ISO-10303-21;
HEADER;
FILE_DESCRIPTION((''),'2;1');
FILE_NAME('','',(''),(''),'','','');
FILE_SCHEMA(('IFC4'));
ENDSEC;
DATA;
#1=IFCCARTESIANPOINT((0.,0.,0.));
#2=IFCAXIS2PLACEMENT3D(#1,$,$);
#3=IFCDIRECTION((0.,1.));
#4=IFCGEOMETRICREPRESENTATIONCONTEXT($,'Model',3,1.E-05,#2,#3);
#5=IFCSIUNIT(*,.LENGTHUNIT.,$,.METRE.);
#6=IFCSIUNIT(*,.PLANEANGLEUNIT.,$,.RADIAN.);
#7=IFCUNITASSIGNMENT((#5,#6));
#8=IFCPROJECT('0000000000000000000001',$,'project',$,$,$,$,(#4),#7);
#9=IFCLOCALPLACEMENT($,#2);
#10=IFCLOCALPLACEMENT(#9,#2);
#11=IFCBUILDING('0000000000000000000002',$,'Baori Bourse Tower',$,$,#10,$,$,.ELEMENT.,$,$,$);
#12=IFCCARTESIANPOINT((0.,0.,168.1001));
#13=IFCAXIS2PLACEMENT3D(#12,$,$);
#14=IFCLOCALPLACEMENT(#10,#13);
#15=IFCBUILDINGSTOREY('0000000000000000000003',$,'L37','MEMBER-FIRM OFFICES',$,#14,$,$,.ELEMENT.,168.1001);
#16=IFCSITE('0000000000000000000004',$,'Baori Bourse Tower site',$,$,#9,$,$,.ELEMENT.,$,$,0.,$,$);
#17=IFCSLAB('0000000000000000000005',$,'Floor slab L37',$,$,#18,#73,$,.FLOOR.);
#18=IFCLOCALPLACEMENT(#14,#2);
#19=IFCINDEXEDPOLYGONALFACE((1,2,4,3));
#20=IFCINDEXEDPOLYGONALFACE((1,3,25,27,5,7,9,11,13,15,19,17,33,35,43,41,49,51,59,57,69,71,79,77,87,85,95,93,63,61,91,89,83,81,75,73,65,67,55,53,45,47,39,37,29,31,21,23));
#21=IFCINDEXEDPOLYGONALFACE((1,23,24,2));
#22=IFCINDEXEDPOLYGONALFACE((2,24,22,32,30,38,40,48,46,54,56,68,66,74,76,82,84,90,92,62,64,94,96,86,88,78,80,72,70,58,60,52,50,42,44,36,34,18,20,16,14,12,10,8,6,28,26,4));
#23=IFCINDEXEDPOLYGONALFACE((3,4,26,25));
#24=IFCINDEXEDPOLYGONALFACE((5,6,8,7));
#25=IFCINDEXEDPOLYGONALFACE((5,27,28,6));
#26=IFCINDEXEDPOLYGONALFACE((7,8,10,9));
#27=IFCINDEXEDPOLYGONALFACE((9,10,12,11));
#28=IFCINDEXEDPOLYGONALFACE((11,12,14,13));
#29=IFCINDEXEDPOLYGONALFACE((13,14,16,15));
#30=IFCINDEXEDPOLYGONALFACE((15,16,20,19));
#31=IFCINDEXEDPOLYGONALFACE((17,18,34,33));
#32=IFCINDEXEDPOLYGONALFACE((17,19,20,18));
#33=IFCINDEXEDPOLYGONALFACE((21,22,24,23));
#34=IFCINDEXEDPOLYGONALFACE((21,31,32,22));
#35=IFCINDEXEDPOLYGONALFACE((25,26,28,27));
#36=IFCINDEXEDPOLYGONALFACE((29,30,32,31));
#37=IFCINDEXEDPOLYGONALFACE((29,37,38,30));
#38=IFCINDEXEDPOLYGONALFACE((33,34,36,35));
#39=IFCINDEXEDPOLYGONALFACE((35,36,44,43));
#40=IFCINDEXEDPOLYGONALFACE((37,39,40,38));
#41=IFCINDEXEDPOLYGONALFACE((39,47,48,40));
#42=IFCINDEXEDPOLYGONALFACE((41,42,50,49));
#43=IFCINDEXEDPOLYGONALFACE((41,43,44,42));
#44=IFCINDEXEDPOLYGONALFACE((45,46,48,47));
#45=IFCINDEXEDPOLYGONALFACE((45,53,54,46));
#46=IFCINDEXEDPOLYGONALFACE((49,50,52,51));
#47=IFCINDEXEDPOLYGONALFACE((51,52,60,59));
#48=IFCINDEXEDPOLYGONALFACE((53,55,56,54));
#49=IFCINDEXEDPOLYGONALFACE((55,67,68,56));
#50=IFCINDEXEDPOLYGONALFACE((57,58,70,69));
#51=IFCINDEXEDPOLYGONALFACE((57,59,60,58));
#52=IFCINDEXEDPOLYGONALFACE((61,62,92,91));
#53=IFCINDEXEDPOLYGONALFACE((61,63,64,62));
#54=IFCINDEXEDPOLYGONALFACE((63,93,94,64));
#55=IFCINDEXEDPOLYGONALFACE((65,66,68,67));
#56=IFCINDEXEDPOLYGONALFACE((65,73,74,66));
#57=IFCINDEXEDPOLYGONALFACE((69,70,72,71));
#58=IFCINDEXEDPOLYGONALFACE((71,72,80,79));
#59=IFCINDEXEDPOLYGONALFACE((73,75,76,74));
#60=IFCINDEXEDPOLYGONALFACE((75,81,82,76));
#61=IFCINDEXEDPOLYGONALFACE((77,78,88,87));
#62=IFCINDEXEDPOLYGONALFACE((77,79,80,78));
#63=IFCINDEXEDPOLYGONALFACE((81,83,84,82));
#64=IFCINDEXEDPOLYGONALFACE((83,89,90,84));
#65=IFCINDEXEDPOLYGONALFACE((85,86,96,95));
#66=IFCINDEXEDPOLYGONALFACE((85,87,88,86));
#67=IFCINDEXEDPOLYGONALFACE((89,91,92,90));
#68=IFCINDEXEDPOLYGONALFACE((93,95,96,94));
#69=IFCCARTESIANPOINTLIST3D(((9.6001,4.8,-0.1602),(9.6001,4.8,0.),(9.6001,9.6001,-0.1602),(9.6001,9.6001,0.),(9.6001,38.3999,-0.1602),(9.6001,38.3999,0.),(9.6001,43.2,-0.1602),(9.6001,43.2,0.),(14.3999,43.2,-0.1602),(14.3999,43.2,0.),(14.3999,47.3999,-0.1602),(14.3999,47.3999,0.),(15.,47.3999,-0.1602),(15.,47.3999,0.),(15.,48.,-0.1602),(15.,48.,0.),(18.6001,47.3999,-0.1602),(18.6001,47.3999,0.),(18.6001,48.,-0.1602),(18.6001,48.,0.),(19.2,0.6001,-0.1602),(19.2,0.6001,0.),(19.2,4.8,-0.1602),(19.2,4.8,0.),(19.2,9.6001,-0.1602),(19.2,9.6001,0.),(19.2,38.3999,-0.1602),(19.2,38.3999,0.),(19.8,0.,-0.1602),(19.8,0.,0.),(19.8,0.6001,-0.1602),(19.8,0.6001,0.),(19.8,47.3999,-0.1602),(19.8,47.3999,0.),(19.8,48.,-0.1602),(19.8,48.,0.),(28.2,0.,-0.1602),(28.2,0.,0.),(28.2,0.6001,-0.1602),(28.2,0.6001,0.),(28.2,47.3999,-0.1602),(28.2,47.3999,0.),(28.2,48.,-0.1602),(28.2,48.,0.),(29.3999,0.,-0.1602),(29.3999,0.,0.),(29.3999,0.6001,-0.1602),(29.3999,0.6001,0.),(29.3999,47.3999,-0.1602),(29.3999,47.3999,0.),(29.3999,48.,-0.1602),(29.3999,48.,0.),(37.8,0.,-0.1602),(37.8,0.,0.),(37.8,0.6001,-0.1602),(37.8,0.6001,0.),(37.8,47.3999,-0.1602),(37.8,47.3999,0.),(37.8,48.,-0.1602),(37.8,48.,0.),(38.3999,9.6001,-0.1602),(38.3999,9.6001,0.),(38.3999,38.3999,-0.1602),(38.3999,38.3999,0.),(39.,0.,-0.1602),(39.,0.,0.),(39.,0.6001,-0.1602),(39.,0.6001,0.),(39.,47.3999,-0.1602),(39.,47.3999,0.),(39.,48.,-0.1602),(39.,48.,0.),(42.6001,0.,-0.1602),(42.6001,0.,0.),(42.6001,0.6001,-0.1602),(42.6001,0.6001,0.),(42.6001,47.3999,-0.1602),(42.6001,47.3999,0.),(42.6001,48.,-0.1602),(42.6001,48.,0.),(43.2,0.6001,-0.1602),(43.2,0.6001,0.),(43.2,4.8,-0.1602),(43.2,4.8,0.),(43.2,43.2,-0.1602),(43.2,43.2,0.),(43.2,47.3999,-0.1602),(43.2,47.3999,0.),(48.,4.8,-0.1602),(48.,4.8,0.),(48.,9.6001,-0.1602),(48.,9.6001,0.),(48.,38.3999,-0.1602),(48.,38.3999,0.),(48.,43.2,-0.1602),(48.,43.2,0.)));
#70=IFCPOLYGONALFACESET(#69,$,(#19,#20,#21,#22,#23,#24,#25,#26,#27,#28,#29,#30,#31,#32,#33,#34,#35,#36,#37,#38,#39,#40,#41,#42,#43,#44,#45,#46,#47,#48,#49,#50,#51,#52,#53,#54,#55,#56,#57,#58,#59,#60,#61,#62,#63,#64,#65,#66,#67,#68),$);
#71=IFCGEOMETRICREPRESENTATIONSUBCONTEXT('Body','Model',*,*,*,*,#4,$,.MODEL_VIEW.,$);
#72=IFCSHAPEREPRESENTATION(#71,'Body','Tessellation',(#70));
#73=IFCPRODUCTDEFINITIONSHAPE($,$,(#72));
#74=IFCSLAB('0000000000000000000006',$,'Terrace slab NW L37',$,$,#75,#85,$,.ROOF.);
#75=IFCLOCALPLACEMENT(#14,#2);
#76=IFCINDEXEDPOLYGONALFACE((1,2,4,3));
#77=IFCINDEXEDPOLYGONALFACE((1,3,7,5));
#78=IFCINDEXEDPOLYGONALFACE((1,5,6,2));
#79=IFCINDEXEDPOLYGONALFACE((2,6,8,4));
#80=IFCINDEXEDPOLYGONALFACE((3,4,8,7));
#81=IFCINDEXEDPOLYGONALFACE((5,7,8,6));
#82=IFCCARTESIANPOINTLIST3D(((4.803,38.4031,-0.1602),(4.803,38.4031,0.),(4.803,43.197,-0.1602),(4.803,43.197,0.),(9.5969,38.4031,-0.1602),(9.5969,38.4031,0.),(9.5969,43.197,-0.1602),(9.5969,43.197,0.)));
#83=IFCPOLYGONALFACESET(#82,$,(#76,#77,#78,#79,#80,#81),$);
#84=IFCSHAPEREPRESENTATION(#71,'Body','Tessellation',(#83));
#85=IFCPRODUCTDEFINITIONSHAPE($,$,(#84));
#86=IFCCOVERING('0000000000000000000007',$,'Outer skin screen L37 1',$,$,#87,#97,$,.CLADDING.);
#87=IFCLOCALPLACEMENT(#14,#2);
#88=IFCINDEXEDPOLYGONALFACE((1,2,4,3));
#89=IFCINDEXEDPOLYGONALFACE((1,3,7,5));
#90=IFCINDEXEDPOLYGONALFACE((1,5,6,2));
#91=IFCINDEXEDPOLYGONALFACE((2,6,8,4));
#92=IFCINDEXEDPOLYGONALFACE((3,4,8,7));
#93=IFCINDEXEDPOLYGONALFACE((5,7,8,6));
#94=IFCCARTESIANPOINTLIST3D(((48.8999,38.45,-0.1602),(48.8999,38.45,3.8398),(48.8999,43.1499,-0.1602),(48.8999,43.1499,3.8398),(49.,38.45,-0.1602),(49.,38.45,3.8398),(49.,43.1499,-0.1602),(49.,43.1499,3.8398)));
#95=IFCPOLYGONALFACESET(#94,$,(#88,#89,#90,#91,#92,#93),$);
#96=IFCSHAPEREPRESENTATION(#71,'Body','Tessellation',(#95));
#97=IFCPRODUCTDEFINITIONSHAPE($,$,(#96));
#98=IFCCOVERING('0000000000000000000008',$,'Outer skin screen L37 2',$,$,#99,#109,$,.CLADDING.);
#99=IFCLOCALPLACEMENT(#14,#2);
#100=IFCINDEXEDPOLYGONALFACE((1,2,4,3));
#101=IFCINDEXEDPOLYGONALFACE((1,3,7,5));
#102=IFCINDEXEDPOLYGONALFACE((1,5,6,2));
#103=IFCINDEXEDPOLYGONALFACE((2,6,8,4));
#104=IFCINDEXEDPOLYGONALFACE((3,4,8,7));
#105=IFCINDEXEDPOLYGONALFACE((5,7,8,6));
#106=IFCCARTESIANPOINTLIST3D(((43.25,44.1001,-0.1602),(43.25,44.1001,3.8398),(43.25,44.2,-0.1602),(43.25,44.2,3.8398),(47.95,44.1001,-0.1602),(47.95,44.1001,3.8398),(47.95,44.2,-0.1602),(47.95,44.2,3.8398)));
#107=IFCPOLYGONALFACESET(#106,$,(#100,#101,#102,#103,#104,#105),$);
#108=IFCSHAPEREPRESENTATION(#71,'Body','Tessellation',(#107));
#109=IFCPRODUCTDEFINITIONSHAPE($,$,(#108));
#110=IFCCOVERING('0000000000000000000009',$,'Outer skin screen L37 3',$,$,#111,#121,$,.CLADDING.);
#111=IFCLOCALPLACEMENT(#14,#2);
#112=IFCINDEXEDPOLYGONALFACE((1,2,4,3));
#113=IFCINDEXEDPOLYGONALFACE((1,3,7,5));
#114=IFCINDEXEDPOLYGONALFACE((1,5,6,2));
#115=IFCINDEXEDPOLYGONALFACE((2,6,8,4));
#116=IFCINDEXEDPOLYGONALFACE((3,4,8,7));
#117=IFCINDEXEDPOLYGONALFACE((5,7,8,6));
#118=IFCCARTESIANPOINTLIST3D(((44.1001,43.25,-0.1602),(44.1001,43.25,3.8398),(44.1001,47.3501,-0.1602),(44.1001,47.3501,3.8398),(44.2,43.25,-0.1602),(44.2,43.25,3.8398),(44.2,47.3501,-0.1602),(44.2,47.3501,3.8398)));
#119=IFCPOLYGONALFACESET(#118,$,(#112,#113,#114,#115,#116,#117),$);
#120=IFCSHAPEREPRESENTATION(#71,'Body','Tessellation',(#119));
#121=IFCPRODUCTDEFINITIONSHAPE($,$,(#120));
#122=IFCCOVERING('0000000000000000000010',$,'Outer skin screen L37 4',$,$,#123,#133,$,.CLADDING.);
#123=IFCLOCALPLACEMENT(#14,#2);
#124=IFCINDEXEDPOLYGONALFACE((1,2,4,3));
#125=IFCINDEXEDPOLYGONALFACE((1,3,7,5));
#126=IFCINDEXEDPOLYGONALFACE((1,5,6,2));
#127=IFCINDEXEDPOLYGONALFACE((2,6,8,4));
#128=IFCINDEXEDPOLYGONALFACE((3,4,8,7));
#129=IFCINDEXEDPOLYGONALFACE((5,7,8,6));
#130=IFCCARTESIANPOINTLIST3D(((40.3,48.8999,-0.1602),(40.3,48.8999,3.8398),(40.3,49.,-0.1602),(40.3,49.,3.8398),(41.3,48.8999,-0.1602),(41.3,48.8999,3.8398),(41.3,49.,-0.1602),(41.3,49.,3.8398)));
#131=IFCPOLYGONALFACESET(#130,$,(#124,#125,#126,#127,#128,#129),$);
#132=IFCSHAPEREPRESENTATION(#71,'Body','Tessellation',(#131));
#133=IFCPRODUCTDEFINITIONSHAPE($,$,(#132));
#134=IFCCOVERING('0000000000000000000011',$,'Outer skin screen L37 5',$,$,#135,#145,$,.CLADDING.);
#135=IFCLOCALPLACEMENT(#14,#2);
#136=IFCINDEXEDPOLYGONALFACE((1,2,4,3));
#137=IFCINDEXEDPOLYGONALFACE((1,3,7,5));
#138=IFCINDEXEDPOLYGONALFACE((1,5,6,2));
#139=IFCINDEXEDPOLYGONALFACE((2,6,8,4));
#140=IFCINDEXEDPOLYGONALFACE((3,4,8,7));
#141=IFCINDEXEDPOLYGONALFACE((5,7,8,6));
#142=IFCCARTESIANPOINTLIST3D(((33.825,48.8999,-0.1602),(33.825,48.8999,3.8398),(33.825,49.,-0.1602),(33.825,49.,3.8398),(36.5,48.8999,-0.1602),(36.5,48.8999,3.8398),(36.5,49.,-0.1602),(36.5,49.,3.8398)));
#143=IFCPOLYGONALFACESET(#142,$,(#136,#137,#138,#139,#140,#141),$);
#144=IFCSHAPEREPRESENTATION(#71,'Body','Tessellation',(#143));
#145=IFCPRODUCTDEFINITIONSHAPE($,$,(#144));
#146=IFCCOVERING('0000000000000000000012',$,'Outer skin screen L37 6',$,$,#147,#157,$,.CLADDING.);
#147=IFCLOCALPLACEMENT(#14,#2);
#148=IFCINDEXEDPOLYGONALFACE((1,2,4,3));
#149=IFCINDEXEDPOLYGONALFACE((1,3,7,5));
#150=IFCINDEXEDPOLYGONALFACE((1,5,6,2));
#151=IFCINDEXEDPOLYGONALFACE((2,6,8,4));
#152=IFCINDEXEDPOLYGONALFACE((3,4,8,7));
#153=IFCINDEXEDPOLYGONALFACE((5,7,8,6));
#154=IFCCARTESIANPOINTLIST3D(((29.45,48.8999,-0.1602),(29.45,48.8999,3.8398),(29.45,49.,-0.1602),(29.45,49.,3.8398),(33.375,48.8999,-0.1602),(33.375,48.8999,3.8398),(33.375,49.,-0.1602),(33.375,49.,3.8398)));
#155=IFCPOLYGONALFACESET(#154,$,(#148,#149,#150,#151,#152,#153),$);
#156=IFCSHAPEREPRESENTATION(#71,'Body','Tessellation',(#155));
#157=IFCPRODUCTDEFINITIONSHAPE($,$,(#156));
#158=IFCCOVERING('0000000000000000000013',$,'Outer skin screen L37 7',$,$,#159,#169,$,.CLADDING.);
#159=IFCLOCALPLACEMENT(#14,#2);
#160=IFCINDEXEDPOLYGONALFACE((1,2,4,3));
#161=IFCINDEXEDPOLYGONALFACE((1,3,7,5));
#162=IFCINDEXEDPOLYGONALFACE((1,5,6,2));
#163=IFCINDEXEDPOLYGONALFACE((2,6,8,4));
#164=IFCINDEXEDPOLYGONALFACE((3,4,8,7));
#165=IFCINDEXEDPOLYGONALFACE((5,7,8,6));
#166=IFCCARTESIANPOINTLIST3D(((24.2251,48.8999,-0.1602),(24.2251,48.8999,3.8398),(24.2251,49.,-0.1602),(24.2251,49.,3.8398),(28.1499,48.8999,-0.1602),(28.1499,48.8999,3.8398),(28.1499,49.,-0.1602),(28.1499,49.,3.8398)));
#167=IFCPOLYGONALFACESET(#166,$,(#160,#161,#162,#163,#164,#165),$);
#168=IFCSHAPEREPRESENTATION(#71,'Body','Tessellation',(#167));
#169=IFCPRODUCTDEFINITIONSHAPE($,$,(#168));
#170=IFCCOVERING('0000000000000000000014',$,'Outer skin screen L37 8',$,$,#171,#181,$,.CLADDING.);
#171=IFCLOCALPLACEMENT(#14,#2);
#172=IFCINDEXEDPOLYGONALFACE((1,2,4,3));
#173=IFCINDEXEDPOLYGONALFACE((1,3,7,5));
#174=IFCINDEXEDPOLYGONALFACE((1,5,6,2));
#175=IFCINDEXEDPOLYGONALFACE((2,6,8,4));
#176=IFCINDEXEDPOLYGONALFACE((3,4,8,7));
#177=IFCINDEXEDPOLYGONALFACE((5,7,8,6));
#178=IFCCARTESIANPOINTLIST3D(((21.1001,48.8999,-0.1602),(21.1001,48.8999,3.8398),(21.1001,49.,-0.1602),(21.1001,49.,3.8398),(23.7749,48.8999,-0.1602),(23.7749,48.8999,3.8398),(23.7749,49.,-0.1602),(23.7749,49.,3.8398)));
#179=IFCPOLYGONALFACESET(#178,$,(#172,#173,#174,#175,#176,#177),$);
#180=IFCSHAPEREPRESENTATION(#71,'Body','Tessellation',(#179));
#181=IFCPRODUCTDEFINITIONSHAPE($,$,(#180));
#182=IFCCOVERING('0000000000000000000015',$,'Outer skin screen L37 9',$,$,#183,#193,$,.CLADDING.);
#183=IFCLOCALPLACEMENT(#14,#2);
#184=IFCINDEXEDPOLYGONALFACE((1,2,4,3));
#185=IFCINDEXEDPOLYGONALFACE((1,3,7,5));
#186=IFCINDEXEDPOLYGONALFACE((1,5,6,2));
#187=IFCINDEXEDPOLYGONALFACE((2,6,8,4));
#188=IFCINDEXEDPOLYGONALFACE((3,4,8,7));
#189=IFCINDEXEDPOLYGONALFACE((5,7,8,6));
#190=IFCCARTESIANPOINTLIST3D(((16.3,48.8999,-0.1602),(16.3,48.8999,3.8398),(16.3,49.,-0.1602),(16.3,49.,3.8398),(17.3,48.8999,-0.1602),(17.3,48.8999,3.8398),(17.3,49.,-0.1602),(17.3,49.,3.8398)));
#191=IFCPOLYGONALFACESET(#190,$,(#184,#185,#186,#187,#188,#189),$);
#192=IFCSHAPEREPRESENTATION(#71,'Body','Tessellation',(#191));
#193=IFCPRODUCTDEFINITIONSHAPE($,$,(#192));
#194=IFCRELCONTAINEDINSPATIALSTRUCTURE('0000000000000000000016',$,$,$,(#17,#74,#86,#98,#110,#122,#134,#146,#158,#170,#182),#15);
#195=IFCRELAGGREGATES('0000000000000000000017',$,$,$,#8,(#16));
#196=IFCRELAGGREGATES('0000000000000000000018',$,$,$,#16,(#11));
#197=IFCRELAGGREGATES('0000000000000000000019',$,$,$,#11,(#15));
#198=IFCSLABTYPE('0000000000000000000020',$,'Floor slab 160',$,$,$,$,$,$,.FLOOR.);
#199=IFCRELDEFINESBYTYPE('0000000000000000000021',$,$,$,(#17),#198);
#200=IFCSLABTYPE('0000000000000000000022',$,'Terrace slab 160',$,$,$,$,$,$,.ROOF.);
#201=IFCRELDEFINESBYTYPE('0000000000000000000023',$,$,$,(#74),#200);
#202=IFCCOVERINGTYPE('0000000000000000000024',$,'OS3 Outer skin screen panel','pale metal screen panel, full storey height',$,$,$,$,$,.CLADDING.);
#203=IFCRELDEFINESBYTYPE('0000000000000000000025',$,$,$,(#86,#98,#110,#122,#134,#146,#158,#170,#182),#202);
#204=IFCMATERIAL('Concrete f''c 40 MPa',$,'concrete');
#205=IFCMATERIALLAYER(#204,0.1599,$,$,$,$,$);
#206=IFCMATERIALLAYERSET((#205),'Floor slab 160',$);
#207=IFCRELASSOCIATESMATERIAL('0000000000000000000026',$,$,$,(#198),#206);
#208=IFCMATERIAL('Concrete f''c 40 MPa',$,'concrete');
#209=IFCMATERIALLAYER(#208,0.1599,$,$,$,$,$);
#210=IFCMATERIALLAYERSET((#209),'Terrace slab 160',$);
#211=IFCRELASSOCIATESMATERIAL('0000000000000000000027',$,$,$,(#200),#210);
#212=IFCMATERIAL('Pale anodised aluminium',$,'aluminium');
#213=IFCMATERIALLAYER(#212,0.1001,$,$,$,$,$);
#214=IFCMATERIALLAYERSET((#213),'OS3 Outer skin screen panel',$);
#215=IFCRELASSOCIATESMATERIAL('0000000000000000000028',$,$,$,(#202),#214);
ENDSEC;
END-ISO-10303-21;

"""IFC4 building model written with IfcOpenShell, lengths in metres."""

from ifc_helpers import new_model, si_unit, direction, frame, origin, place, context, subcontext, project, spatial, polyline, outline, extrude, material, layer, layer_set, type_object, element, save


model = new_model("IFC4")

# Units and contexts
model_context = context("Model", 3, precision=1e-05, world=origin(), true_north=direction((0.0, 1.0)))
body_context = subcontext(model_context, "Body", "Model", "MODEL_VIEW")
ifc_project = project(units=[si_unit("LENGTHUNIT", "METRE"), si_unit("PLANEANGLEUNIT", "RADIAN")], contexts=[model_context])

# Site, building, storey
site_placement = place(None, origin())
site = spatial("IfcSite", under=ifc_project, at=site_placement, Name="Baori Bourse Tower site", CompositionType="ELEMENT", RefElevation=0.0)
building_placement = place(site_placement, origin())
building = spatial("IfcBuilding", under=site, at=building_placement, Name="Baori Bourse Tower", CompositionType="ELEMENT")
storey_placement = place(building_placement, frame((0.0, 0.0, 168.1001)))
storey = spatial("IfcBuildingStorey", under=building, at=storey_placement, Name="L37", Description="MEMBER-FIRM OFFICES", CompositionType="ELEMENT", Elevation=168.1001)

# Slabs
ifc_material_1 = material(Name="Concrete f'c 40 MPa", Category="concrete")
ifc_layer_1 = layer(ifc_material_1, 0.1599)
ifc_layer_set_1 = layer_set([ifc_layer_1], Name="Floor slab 160")
slab_type_1 = type_object("IfcSlabType", Name="Floor slab 160", PredefinedType="FLOOR", material=ifc_layer_set_1)
slab_1_placement = place(storey_placement, frame((0.0, 0.0, -0.1602)))
element("IfcSlab", 1, at=slab_1_placement, inside=storey, type_object=slab_type_1, Name="Floor slab L37", PredefinedType="FLOOR", context=body_context, shape_type="SweptSolid", body=[
    extrude(outline(polyline([(19.2, 4.8), (9.6001, 4.8), (9.6001, 9.6001), (19.2, 9.6001), (19.2, 38.3999), (9.6001, 38.3999), (9.6001, 43.2), (14.3999, 43.2), (14.3999, 47.3999), (15.0, 47.3999), (15.0, 48.0), (18.6001, 48.0), (18.6001, 47.3999), (19.8, 47.3999), (19.8, 48.0), (28.2, 48.0), (28.2, 47.3999), (29.3999, 47.3999), (29.3999, 48.0), (37.8, 48.0), (37.8, 47.3999), (39.0, 47.3999), (39.0, 48.0), (42.6001, 48.0), (42.6001, 47.3999), (43.2, 47.3999), (43.2, 43.2), (48.0, 43.2), (48.0, 38.3999), (38.3999, 38.3999), (38.3999, 9.6001), (48.0, 9.6001), (48.0, 4.8), (43.2, 4.8), (43.2, 0.6001), (42.6001, 0.6001), (42.6001, 0.0), (39.0, 0.0), (39.0, 0.6001), (37.8, 0.6001), (37.8, 0.0), (29.3999, 0.0), (29.3999, 0.6001), (28.2, 0.6001), (28.2, 0.0), (19.8, 0.0), (19.8, 0.6001), (19.2, 0.6001), (19.2, 4.8)])), origin(), (0.0, 0.0, 1.0), 0.1602),
])
ifc_material_2 = material(Name="Concrete f'c 40 MPa", Category="concrete")
ifc_layer_2 = layer(ifc_material_2, 0.1599)
ifc_layer_set_2 = layer_set([ifc_layer_2], Name="Terrace slab 160")
slab_type_2 = type_object("IfcSlabType", Name="Terrace slab 160", PredefinedType="ROOF", material=ifc_layer_set_2)
slab_2_placement = place(storey_placement, frame((0.0, 0.0, -0.1602)))
element("IfcSlab", 2, at=slab_2_placement, inside=storey, type_object=slab_type_2, Name="Terrace slab NW L37", PredefinedType="ROOF", context=body_context, shape_type="SweptSolid", body=[
    extrude(outline(polyline([(4.803, 38.4031), (4.803, 43.197), (9.5969, 43.197), (9.5969, 38.4031), (4.803, 38.4031)])), origin(), (0.0, 0.0, 1.0), 0.1602),
])

# Coverings
ifc_material_3 = material(Name="Pale anodised aluminium", Category="aluminium")
ifc_layer_3 = layer(ifc_material_3, 0.1001)
ifc_layer_set_3 = layer_set([ifc_layer_3], Name="OS3 Outer skin screen panel")
covering_type = type_object("IfcCoveringType", Name="OS3 Outer skin screen panel", Description="pale metal screen panel, full storey height", PredefinedType="CLADDING", material=ifc_layer_set_3)
covering_1_placement = place(storey_placement, frame((0.0, 0.0, -0.1602)))
element("IfcCovering", 3, at=covering_1_placement, inside=storey, type_object=covering_type, Name="Outer skin screen L37 1", PredefinedType="CLADDING", context=body_context, shape_type="SweptSolid", body=[
    extrude(outline(polyline([(48.8999, 43.1499), (48.8999, 38.45), (49.0, 38.45), (49.0, 43.1499), (48.8999, 43.1499)])), origin(), (0.0, 0.0, 1.0), 4.0),
])
covering_2_placement = place(storey_placement, frame((0.0, 0.0, -0.1602)))
element("IfcCovering", 4, at=covering_2_placement, inside=storey, type_object=covering_type, Name="Outer skin screen L37 2", PredefinedType="CLADDING", context=body_context, shape_type="SweptSolid", body=[
    extrude(outline(polyline([(43.25, 44.1001), (47.95, 44.1001), (47.95, 44.2), (43.25, 44.2), (43.25, 44.1001)])), origin(), (0.0, 0.0, 1.0), 4.0),
])
covering_3_placement = place(storey_placement, frame((0.0, 0.0, -0.1602)))
element("IfcCovering", 5, at=covering_3_placement, inside=storey, type_object=covering_type, Name="Outer skin screen L37 3", PredefinedType="CLADDING", context=body_context, shape_type="SweptSolid", body=[
    extrude(outline(polyline([(44.1001, 47.3501), (44.1001, 43.25), (44.2, 43.25), (44.2, 47.3501), (44.1001, 47.3501)])), origin(), (0.0, 0.0, 1.0), 4.0),
])
covering_4_placement = place(storey_placement, frame((0.0, 0.0, -0.1602)))
element("IfcCovering", 6, at=covering_4_placement, inside=storey, type_object=covering_type, Name="Outer skin screen L37 4", PredefinedType="CLADDING", context=body_context, shape_type="SweptSolid", body=[
    extrude(outline(polyline([(40.3, 48.8999), (41.3, 48.8999), (41.3, 49.0), (40.3, 49.0), (40.3, 48.8999)])), origin(), (0.0, 0.0, 1.0), 4.0),
])
covering_5_placement = place(storey_placement, frame((0.0, 0.0, -0.1602)))
element("IfcCovering", 7, at=covering_5_placement, inside=storey, type_object=covering_type, Name="Outer skin screen L37 5", PredefinedType="CLADDING", context=body_context, shape_type="SweptSolid", body=[
    extrude(outline(polyline([(33.825, 48.8999), (36.5, 48.8999), (36.5, 49.0), (33.825, 49.0), (33.825, 48.8999)])), origin(), (0.0, 0.0, 1.0), 4.0),
])
covering_6_placement = place(storey_placement, frame((0.0, 0.0, -0.1602)))
element("IfcCovering", 8, at=covering_6_placement, inside=storey, type_object=covering_type, Name="Outer skin screen L37 6", PredefinedType="CLADDING", context=body_context, shape_type="SweptSolid", body=[
    extrude(outline(polyline([(29.45, 48.8999), (33.375, 48.8999), (33.375, 49.0), (29.45, 49.0), (29.45, 48.8999)])), origin(), (0.0, 0.0, 1.0), 4.0),
])
covering_7_placement = place(storey_placement, frame((0.0, 0.0, -0.1602)))
element("IfcCovering", 9, at=covering_7_placement, inside=storey, type_object=covering_type, Name="Outer skin screen L37 7", PredefinedType="CLADDING", context=body_context, shape_type="SweptSolid", body=[
    extrude(outline(polyline([(24.2251, 48.8999), (28.1499, 48.8999), (28.1499, 49.0), (24.2251, 49.0), (24.2251, 48.8999)])), origin(), (0.0, 0.0, 1.0), 4.0),
])
covering_8_placement = place(storey_placement, frame((0.0, 0.0, -0.1602)))
element("IfcCovering", 10, at=covering_8_placement, inside=storey, type_object=covering_type, Name="Outer skin screen L37 8", PredefinedType="CLADDING", context=body_context, shape_type="SweptSolid", body=[
    extrude(outline(polyline([(21.1001, 48.8999), (23.7749, 48.8999), (23.7749, 49.0), (21.1001, 49.0), (21.1001, 48.8999)])), origin(), (0.0, 0.0, 1.0), 4.0),
])
covering_9_placement = place(storey_placement, frame((0.0, 0.0, -0.1602)))
element("IfcCovering", 11, at=covering_9_placement, inside=storey, type_object=covering_type, Name="Outer skin screen L37 9", PredefinedType="CLADDING", context=body_context, shape_type="SweptSolid", body=[
    extrude(outline(polyline([(16.3, 48.8999), (17.3, 48.8999), (17.3, 49.0), (16.3, 49.0), (16.3, 48.8999)])), origin(), (0.0, 0.0, 1.0), 4.0),
])

save(model, "model.ifc")
